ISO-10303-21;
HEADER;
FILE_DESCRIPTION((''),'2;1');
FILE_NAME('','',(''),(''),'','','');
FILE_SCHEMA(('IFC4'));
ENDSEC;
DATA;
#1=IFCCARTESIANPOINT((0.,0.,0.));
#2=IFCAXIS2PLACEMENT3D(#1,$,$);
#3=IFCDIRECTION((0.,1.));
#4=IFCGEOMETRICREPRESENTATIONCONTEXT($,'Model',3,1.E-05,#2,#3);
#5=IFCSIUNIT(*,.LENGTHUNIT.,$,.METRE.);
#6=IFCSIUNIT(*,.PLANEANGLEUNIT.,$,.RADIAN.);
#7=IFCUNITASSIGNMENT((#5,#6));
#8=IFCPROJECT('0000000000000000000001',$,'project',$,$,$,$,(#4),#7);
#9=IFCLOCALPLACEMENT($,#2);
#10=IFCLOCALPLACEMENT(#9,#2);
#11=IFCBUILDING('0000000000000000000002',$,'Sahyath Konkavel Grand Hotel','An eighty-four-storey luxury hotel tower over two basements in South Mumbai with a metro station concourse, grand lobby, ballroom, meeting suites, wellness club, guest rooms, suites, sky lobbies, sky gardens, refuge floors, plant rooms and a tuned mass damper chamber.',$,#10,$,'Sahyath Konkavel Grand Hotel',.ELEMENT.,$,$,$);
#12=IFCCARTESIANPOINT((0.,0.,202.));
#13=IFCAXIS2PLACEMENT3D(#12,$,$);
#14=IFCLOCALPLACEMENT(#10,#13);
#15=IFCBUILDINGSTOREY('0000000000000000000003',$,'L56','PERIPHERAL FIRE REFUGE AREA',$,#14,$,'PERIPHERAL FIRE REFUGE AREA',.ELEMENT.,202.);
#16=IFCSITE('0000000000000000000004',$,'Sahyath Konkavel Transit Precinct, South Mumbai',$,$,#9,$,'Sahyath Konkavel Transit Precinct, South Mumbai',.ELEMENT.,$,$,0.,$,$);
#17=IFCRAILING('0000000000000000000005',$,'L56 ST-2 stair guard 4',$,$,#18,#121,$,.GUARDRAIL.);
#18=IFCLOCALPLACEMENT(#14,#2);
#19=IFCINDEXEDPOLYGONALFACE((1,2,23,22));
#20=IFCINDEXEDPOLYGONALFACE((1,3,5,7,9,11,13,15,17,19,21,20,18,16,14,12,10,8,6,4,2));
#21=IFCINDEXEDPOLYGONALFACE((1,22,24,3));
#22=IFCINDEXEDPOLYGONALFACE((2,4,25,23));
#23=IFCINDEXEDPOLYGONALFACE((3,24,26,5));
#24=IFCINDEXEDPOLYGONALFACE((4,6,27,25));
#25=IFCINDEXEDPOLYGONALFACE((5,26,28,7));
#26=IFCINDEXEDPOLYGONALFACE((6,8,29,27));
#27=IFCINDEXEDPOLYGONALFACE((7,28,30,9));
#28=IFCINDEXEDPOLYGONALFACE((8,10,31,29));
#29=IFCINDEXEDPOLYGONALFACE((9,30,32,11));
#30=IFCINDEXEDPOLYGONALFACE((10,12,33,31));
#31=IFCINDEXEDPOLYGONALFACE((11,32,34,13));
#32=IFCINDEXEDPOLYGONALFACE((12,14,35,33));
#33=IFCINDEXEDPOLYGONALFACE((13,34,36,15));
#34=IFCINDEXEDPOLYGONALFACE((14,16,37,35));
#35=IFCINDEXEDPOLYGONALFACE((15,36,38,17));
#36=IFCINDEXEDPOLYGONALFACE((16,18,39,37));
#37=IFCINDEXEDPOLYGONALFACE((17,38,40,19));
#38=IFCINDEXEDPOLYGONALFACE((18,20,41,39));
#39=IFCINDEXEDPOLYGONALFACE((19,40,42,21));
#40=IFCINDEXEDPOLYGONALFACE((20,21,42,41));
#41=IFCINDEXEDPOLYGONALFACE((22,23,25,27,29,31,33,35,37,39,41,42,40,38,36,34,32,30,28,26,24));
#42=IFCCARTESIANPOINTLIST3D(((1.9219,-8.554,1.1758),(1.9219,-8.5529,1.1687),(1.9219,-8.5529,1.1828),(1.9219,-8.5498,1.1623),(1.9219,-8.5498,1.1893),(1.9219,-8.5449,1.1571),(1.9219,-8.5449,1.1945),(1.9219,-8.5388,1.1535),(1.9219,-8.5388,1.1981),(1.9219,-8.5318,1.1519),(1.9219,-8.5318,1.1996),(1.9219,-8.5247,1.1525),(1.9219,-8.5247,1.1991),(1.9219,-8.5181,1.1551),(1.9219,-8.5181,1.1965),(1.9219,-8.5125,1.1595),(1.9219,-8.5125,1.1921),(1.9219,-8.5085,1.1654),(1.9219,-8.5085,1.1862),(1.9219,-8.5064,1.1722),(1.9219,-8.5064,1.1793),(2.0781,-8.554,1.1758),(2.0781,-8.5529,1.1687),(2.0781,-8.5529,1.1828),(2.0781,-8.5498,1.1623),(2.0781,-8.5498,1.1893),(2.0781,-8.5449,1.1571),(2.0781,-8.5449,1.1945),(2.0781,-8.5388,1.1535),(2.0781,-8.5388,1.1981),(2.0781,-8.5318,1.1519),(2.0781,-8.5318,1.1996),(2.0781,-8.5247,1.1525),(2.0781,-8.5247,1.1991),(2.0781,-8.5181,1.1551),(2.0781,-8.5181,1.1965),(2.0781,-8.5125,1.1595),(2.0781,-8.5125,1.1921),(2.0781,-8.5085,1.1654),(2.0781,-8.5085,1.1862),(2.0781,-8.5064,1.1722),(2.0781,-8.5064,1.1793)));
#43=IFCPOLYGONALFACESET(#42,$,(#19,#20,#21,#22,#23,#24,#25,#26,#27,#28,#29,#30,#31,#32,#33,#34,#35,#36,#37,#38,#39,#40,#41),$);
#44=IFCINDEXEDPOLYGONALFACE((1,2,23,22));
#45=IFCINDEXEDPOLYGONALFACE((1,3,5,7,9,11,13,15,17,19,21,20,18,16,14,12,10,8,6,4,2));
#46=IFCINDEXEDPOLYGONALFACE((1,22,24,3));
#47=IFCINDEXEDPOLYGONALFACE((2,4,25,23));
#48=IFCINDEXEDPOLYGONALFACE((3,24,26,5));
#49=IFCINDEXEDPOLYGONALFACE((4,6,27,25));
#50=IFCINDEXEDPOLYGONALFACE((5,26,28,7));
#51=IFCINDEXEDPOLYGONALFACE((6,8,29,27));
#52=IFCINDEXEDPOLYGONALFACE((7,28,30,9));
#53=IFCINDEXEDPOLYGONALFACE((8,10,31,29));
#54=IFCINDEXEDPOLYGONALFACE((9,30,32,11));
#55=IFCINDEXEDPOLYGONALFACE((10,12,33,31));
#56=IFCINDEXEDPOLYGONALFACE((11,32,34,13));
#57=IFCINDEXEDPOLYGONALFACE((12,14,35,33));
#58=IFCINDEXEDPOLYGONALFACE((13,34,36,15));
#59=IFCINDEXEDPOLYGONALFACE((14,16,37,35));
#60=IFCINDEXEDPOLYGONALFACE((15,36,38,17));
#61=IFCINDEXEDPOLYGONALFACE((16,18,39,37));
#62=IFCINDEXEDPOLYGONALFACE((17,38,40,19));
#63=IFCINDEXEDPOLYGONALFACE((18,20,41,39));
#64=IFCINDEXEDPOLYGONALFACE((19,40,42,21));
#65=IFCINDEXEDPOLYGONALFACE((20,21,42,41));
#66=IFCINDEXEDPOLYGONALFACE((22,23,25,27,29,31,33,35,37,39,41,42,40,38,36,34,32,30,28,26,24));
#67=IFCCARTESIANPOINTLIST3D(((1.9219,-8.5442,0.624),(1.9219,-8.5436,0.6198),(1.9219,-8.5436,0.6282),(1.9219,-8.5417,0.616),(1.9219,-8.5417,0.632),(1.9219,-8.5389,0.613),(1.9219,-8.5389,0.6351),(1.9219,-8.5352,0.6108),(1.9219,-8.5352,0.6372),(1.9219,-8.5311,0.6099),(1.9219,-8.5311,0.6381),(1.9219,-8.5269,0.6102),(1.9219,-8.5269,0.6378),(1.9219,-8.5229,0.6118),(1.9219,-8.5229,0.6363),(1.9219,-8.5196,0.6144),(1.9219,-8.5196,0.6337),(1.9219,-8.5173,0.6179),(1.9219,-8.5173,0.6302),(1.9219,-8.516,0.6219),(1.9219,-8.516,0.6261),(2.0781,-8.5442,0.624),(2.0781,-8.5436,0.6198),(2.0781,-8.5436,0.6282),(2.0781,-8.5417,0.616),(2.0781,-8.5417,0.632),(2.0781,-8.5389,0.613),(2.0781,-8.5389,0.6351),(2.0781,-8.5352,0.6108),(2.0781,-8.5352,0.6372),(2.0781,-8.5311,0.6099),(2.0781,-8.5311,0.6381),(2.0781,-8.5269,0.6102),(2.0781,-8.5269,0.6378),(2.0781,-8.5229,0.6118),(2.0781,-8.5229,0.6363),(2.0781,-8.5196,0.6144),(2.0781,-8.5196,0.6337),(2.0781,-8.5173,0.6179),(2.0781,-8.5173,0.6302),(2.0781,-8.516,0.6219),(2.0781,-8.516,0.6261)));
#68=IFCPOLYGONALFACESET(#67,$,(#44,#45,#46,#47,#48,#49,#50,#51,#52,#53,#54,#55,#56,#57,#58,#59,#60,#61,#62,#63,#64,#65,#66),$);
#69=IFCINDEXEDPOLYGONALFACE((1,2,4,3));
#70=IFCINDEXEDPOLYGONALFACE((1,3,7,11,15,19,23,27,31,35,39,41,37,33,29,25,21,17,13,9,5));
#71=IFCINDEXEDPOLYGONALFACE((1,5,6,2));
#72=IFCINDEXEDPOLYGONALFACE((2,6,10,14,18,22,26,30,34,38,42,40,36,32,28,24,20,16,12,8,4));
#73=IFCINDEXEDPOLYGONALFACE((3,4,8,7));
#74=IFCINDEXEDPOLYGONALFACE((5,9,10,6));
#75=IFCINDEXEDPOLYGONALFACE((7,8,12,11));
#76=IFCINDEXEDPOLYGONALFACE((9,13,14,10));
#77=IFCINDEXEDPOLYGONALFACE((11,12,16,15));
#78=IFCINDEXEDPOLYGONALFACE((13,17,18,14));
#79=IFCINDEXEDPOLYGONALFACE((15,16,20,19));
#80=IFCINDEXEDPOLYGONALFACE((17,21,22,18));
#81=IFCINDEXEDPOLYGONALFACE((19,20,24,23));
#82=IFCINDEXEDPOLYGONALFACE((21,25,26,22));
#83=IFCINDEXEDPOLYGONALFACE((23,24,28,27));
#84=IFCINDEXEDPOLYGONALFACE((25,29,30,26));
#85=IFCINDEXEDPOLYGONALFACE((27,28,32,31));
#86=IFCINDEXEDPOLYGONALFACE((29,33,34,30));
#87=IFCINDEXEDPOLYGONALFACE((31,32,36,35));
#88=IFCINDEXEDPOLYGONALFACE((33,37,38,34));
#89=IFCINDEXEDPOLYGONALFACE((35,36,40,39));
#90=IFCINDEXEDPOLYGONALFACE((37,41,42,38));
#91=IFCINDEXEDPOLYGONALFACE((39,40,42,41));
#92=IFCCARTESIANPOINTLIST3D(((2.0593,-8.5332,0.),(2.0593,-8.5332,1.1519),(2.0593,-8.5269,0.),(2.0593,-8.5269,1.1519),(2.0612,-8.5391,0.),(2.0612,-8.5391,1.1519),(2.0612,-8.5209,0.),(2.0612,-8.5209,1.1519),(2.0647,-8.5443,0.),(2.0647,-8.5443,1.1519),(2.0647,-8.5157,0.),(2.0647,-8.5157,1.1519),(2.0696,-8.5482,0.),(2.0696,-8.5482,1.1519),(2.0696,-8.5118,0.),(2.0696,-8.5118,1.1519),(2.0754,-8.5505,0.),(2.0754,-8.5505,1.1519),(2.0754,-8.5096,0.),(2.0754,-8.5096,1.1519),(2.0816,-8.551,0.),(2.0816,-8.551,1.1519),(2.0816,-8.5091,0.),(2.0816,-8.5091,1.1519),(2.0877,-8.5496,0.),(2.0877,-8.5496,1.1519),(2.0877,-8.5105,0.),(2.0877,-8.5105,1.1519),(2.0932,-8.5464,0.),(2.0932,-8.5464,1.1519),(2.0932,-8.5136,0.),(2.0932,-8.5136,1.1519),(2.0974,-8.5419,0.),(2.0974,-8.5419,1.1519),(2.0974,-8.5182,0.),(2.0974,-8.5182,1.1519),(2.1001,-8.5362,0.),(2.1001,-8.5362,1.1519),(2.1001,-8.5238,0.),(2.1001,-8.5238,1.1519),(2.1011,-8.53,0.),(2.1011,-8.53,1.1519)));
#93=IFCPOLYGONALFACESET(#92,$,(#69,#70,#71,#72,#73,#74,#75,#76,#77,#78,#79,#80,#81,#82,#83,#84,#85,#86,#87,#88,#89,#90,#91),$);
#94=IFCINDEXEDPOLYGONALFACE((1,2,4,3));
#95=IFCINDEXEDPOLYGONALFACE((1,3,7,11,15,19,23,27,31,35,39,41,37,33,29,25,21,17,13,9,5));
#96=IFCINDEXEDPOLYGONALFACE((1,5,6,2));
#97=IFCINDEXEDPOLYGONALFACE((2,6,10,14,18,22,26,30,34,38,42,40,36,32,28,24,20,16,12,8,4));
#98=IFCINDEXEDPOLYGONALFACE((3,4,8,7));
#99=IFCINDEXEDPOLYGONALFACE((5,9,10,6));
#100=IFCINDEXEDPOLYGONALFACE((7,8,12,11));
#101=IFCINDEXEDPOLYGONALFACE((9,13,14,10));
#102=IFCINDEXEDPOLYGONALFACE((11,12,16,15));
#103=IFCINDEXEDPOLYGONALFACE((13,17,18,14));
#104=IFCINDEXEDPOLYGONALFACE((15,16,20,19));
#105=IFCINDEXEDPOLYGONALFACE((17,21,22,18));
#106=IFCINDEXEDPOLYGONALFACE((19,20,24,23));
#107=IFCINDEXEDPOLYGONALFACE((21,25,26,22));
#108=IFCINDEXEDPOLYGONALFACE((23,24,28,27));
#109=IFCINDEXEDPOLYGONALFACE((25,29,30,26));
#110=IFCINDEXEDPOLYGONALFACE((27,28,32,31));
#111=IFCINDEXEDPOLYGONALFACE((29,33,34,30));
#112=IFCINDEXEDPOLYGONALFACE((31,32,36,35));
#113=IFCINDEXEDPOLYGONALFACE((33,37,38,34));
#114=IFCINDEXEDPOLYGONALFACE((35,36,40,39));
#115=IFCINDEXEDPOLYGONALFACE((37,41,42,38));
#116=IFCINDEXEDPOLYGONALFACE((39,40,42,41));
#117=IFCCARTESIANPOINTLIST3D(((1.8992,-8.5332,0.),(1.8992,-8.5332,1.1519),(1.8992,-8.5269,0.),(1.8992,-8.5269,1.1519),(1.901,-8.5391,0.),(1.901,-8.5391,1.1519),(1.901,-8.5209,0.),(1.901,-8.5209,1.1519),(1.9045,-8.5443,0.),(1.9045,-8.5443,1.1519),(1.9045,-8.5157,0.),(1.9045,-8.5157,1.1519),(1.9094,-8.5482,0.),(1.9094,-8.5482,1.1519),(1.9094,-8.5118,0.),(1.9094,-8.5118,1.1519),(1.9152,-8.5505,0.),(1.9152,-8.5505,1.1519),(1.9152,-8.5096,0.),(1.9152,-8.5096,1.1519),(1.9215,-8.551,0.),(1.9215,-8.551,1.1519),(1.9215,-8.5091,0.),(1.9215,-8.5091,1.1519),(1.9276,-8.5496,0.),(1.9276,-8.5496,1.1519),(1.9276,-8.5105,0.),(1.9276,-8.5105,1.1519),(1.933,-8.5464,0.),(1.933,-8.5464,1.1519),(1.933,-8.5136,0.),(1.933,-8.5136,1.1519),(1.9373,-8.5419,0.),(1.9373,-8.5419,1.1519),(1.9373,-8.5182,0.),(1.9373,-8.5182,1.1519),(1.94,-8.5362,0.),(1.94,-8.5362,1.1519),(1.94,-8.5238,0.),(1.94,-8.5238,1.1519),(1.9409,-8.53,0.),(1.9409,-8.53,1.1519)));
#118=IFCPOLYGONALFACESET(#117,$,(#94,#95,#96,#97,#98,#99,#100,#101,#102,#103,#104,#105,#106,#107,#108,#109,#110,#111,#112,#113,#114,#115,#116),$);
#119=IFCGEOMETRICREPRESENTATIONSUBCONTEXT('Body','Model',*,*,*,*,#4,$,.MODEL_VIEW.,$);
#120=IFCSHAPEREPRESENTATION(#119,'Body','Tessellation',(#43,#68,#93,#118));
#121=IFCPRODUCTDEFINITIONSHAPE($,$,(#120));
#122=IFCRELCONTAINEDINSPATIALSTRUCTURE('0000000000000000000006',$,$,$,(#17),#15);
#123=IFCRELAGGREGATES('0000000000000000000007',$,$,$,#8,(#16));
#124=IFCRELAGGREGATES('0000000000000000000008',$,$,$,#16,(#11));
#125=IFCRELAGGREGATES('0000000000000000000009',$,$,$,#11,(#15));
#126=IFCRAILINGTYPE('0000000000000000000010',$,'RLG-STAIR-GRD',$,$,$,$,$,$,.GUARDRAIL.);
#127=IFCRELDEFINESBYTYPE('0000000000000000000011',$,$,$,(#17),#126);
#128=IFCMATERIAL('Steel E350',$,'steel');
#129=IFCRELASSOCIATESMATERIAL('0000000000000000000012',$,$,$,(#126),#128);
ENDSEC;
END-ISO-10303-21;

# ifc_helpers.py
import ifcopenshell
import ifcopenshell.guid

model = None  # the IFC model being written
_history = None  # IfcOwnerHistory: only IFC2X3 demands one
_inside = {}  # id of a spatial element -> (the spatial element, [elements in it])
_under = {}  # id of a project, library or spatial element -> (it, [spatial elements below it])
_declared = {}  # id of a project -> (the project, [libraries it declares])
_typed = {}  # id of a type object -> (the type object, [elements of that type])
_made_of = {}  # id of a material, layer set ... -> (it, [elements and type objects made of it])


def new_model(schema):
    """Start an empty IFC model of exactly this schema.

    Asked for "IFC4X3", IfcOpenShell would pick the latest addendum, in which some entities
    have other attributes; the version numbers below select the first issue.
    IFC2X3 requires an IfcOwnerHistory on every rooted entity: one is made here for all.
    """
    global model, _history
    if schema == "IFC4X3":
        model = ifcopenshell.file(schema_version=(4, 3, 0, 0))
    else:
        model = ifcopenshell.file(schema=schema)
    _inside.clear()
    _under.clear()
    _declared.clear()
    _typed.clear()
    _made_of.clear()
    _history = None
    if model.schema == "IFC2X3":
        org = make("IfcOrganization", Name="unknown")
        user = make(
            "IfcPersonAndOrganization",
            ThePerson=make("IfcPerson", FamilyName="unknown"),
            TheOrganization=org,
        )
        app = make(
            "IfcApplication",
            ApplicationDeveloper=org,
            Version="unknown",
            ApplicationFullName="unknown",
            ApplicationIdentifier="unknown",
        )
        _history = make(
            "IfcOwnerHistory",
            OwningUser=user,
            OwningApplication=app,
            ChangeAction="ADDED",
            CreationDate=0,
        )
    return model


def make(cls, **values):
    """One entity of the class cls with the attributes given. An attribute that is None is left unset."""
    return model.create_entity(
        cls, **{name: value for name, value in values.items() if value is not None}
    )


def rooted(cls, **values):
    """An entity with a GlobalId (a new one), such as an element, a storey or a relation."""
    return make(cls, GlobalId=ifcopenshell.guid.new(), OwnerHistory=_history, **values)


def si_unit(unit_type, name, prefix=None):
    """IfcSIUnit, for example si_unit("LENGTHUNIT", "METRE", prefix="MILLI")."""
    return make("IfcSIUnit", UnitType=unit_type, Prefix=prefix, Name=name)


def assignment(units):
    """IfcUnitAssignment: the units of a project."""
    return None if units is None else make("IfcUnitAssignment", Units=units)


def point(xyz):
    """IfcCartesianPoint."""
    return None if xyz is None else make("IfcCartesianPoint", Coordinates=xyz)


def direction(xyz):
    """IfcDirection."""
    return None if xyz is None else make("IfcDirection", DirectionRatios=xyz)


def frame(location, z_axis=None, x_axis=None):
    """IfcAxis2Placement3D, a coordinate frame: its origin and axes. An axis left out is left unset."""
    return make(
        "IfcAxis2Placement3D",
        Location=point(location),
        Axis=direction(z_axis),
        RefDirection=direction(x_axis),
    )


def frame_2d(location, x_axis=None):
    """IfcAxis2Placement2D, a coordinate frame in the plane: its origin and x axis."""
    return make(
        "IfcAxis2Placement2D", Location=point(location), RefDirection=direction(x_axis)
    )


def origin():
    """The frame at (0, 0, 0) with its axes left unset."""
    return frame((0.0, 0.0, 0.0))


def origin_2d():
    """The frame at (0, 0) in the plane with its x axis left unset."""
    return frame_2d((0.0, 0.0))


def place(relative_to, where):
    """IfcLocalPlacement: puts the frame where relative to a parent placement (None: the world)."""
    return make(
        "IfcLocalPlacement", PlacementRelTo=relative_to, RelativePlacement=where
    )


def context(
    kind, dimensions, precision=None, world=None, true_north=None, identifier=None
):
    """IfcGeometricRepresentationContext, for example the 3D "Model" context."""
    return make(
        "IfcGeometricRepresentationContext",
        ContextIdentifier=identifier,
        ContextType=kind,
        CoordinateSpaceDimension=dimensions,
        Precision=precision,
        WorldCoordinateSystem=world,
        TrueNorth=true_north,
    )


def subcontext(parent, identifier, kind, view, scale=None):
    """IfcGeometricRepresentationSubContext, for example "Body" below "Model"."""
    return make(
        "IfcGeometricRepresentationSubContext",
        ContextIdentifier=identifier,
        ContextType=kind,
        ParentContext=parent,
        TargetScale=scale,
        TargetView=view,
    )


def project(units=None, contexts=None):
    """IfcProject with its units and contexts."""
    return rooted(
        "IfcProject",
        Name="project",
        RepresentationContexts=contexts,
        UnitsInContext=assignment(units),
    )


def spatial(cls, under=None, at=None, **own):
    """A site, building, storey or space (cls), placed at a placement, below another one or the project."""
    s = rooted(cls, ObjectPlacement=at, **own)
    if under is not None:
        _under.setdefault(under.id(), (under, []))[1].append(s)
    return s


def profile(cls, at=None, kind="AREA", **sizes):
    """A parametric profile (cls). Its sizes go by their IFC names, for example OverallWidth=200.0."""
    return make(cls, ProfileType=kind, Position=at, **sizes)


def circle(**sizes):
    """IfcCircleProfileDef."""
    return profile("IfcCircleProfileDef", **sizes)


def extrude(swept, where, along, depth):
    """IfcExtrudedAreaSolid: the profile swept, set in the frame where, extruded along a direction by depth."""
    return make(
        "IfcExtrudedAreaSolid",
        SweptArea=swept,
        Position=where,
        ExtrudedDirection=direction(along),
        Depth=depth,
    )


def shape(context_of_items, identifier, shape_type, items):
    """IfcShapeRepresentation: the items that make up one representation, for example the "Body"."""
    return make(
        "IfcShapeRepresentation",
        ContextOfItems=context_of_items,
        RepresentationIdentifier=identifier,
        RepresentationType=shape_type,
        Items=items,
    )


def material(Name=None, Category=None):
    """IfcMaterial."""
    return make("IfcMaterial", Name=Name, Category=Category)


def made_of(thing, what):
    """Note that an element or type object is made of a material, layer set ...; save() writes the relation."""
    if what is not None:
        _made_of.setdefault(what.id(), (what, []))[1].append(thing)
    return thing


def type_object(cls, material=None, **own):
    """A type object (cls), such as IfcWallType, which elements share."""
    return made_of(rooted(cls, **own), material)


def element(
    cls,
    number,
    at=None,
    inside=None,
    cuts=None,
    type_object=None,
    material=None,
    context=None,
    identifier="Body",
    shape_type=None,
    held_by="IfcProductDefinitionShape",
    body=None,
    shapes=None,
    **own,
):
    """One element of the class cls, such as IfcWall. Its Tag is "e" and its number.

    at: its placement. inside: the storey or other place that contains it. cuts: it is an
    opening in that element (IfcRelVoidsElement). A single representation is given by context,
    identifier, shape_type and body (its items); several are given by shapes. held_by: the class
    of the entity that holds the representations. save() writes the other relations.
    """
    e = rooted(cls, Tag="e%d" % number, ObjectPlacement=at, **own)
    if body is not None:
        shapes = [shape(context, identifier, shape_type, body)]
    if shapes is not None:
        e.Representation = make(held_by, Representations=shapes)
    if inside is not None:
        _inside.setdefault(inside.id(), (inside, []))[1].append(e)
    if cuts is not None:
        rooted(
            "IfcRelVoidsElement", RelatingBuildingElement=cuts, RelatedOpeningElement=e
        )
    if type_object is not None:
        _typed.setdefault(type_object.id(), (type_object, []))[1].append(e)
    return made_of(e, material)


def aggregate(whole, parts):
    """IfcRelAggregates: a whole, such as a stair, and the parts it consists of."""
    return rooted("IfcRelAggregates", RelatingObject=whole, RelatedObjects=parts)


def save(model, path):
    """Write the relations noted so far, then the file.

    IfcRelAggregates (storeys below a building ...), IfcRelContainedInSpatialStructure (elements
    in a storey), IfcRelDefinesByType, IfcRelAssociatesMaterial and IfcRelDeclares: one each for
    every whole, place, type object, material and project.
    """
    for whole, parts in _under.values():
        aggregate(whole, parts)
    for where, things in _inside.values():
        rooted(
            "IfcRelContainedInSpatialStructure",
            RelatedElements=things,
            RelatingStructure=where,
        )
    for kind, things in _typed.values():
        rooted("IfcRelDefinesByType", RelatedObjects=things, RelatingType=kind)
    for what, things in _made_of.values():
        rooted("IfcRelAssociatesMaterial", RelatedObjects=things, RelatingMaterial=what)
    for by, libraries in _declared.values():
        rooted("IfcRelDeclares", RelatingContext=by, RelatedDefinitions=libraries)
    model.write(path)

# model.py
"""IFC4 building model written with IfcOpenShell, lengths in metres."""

from ifc_helpers import new_model, si_unit, direction, frame, origin, origin_2d, place, context, subcontext, project, spatial, circle, extrude, material, type_object, element, save


model = new_model("IFC4")

# Units and contexts
model_context = context("Model", 3, precision=1e-05, world=origin(), true_north=direction((0.0, 1.0)))
body_context = subcontext(model_context, "Body", "Model", "MODEL_VIEW")
ifc_project = project(units=[si_unit("LENGTHUNIT", "METRE"), si_unit("PLANEANGLEUNIT", "RADIAN")], contexts=[model_context])

# Site, building, storey
site_placement = place(None, origin())
site = spatial("IfcSite", under=ifc_project, at=site_placement, Name="Sahyath Konkavel Transit Precinct, South Mumbai", LongName="Sahyath Konkavel Transit Precinct, South Mumbai", CompositionType="ELEMENT", RefElevation=0.0)
building_placement = place(site_placement, origin())
building = spatial("IfcBuilding", under=site, at=building_placement, Name="Sahyath Konkavel Grand Hotel", Description="An eighty-four-storey luxury hotel tower over two basements in South Mumbai with a metro station concourse, grand lobby, ballroom, meeting suites, wellness club, guest rooms, suites, sky lobbies, sky gardens, refuge floors, plant rooms and a tuned mass damper chamber.", LongName="Sahyath Konkavel Grand Hotel", CompositionType="ELEMENT")
storey_placement = place(building_placement, frame((0.0, 0.0, 202.0)))
storey = spatial("IfcBuildingStorey", under=building, at=storey_placement, Name="L56", Description="PERIPHERAL FIRE REFUGE AREA", LongName="PERIPHERAL FIRE REFUGE AREA", CompositionType="ELEMENT", Elevation=202.0)

# Shared definitions
ifc_material_1 = material(Name="Steel E350", Category="steel")

# Railing
railing_type_1 = type_object("IfcRailingType", Name="RLG-STAIR-GRD", PredefinedType="GUARDRAIL", material=ifc_material_1)
railing_1_placement = place(storey_placement, frame((2.0801, -8.53, 0.0)))
element("IfcRailing", 1, at=railing_1_placement, inside=storey, type_object=railing_type_1, Name="L56 ST-2 stair guard 4", PredefinedType="GUARDRAIL", context=body_context, shape_type="SweptSolid", body=[
    extrude(circle(Radius=0.0239, at=origin_2d()), frame((-0.002, 0.0, 1.1758), z_axis=(-1.0, 0.0, 0.0), x_axis=(0.0, -1.0, 0.0)), (0.0, 0.0, 1.0), 0.1562),
    extrude(circle(Radius=0.0142, at=origin_2d()), frame((-0.002, 0.0, 0.624), z_axis=(-1.0, 0.0, 0.0), x_axis=(0.0, -1.0, 0.0)), (0.0, 0.0, 1.0), 0.1562),
    extrude(circle(Radius=0.021, at=origin_2d()), origin(), (0.0, 0.0, 1.0), 1.1519),
    extrude(circle(Radius=0.021, at=origin_2d()), frame((-0.1602, 0.0, 0.0)), (0.0, 0.0, 1.0), 1.1519),
])

save(model, "model.ifc")
